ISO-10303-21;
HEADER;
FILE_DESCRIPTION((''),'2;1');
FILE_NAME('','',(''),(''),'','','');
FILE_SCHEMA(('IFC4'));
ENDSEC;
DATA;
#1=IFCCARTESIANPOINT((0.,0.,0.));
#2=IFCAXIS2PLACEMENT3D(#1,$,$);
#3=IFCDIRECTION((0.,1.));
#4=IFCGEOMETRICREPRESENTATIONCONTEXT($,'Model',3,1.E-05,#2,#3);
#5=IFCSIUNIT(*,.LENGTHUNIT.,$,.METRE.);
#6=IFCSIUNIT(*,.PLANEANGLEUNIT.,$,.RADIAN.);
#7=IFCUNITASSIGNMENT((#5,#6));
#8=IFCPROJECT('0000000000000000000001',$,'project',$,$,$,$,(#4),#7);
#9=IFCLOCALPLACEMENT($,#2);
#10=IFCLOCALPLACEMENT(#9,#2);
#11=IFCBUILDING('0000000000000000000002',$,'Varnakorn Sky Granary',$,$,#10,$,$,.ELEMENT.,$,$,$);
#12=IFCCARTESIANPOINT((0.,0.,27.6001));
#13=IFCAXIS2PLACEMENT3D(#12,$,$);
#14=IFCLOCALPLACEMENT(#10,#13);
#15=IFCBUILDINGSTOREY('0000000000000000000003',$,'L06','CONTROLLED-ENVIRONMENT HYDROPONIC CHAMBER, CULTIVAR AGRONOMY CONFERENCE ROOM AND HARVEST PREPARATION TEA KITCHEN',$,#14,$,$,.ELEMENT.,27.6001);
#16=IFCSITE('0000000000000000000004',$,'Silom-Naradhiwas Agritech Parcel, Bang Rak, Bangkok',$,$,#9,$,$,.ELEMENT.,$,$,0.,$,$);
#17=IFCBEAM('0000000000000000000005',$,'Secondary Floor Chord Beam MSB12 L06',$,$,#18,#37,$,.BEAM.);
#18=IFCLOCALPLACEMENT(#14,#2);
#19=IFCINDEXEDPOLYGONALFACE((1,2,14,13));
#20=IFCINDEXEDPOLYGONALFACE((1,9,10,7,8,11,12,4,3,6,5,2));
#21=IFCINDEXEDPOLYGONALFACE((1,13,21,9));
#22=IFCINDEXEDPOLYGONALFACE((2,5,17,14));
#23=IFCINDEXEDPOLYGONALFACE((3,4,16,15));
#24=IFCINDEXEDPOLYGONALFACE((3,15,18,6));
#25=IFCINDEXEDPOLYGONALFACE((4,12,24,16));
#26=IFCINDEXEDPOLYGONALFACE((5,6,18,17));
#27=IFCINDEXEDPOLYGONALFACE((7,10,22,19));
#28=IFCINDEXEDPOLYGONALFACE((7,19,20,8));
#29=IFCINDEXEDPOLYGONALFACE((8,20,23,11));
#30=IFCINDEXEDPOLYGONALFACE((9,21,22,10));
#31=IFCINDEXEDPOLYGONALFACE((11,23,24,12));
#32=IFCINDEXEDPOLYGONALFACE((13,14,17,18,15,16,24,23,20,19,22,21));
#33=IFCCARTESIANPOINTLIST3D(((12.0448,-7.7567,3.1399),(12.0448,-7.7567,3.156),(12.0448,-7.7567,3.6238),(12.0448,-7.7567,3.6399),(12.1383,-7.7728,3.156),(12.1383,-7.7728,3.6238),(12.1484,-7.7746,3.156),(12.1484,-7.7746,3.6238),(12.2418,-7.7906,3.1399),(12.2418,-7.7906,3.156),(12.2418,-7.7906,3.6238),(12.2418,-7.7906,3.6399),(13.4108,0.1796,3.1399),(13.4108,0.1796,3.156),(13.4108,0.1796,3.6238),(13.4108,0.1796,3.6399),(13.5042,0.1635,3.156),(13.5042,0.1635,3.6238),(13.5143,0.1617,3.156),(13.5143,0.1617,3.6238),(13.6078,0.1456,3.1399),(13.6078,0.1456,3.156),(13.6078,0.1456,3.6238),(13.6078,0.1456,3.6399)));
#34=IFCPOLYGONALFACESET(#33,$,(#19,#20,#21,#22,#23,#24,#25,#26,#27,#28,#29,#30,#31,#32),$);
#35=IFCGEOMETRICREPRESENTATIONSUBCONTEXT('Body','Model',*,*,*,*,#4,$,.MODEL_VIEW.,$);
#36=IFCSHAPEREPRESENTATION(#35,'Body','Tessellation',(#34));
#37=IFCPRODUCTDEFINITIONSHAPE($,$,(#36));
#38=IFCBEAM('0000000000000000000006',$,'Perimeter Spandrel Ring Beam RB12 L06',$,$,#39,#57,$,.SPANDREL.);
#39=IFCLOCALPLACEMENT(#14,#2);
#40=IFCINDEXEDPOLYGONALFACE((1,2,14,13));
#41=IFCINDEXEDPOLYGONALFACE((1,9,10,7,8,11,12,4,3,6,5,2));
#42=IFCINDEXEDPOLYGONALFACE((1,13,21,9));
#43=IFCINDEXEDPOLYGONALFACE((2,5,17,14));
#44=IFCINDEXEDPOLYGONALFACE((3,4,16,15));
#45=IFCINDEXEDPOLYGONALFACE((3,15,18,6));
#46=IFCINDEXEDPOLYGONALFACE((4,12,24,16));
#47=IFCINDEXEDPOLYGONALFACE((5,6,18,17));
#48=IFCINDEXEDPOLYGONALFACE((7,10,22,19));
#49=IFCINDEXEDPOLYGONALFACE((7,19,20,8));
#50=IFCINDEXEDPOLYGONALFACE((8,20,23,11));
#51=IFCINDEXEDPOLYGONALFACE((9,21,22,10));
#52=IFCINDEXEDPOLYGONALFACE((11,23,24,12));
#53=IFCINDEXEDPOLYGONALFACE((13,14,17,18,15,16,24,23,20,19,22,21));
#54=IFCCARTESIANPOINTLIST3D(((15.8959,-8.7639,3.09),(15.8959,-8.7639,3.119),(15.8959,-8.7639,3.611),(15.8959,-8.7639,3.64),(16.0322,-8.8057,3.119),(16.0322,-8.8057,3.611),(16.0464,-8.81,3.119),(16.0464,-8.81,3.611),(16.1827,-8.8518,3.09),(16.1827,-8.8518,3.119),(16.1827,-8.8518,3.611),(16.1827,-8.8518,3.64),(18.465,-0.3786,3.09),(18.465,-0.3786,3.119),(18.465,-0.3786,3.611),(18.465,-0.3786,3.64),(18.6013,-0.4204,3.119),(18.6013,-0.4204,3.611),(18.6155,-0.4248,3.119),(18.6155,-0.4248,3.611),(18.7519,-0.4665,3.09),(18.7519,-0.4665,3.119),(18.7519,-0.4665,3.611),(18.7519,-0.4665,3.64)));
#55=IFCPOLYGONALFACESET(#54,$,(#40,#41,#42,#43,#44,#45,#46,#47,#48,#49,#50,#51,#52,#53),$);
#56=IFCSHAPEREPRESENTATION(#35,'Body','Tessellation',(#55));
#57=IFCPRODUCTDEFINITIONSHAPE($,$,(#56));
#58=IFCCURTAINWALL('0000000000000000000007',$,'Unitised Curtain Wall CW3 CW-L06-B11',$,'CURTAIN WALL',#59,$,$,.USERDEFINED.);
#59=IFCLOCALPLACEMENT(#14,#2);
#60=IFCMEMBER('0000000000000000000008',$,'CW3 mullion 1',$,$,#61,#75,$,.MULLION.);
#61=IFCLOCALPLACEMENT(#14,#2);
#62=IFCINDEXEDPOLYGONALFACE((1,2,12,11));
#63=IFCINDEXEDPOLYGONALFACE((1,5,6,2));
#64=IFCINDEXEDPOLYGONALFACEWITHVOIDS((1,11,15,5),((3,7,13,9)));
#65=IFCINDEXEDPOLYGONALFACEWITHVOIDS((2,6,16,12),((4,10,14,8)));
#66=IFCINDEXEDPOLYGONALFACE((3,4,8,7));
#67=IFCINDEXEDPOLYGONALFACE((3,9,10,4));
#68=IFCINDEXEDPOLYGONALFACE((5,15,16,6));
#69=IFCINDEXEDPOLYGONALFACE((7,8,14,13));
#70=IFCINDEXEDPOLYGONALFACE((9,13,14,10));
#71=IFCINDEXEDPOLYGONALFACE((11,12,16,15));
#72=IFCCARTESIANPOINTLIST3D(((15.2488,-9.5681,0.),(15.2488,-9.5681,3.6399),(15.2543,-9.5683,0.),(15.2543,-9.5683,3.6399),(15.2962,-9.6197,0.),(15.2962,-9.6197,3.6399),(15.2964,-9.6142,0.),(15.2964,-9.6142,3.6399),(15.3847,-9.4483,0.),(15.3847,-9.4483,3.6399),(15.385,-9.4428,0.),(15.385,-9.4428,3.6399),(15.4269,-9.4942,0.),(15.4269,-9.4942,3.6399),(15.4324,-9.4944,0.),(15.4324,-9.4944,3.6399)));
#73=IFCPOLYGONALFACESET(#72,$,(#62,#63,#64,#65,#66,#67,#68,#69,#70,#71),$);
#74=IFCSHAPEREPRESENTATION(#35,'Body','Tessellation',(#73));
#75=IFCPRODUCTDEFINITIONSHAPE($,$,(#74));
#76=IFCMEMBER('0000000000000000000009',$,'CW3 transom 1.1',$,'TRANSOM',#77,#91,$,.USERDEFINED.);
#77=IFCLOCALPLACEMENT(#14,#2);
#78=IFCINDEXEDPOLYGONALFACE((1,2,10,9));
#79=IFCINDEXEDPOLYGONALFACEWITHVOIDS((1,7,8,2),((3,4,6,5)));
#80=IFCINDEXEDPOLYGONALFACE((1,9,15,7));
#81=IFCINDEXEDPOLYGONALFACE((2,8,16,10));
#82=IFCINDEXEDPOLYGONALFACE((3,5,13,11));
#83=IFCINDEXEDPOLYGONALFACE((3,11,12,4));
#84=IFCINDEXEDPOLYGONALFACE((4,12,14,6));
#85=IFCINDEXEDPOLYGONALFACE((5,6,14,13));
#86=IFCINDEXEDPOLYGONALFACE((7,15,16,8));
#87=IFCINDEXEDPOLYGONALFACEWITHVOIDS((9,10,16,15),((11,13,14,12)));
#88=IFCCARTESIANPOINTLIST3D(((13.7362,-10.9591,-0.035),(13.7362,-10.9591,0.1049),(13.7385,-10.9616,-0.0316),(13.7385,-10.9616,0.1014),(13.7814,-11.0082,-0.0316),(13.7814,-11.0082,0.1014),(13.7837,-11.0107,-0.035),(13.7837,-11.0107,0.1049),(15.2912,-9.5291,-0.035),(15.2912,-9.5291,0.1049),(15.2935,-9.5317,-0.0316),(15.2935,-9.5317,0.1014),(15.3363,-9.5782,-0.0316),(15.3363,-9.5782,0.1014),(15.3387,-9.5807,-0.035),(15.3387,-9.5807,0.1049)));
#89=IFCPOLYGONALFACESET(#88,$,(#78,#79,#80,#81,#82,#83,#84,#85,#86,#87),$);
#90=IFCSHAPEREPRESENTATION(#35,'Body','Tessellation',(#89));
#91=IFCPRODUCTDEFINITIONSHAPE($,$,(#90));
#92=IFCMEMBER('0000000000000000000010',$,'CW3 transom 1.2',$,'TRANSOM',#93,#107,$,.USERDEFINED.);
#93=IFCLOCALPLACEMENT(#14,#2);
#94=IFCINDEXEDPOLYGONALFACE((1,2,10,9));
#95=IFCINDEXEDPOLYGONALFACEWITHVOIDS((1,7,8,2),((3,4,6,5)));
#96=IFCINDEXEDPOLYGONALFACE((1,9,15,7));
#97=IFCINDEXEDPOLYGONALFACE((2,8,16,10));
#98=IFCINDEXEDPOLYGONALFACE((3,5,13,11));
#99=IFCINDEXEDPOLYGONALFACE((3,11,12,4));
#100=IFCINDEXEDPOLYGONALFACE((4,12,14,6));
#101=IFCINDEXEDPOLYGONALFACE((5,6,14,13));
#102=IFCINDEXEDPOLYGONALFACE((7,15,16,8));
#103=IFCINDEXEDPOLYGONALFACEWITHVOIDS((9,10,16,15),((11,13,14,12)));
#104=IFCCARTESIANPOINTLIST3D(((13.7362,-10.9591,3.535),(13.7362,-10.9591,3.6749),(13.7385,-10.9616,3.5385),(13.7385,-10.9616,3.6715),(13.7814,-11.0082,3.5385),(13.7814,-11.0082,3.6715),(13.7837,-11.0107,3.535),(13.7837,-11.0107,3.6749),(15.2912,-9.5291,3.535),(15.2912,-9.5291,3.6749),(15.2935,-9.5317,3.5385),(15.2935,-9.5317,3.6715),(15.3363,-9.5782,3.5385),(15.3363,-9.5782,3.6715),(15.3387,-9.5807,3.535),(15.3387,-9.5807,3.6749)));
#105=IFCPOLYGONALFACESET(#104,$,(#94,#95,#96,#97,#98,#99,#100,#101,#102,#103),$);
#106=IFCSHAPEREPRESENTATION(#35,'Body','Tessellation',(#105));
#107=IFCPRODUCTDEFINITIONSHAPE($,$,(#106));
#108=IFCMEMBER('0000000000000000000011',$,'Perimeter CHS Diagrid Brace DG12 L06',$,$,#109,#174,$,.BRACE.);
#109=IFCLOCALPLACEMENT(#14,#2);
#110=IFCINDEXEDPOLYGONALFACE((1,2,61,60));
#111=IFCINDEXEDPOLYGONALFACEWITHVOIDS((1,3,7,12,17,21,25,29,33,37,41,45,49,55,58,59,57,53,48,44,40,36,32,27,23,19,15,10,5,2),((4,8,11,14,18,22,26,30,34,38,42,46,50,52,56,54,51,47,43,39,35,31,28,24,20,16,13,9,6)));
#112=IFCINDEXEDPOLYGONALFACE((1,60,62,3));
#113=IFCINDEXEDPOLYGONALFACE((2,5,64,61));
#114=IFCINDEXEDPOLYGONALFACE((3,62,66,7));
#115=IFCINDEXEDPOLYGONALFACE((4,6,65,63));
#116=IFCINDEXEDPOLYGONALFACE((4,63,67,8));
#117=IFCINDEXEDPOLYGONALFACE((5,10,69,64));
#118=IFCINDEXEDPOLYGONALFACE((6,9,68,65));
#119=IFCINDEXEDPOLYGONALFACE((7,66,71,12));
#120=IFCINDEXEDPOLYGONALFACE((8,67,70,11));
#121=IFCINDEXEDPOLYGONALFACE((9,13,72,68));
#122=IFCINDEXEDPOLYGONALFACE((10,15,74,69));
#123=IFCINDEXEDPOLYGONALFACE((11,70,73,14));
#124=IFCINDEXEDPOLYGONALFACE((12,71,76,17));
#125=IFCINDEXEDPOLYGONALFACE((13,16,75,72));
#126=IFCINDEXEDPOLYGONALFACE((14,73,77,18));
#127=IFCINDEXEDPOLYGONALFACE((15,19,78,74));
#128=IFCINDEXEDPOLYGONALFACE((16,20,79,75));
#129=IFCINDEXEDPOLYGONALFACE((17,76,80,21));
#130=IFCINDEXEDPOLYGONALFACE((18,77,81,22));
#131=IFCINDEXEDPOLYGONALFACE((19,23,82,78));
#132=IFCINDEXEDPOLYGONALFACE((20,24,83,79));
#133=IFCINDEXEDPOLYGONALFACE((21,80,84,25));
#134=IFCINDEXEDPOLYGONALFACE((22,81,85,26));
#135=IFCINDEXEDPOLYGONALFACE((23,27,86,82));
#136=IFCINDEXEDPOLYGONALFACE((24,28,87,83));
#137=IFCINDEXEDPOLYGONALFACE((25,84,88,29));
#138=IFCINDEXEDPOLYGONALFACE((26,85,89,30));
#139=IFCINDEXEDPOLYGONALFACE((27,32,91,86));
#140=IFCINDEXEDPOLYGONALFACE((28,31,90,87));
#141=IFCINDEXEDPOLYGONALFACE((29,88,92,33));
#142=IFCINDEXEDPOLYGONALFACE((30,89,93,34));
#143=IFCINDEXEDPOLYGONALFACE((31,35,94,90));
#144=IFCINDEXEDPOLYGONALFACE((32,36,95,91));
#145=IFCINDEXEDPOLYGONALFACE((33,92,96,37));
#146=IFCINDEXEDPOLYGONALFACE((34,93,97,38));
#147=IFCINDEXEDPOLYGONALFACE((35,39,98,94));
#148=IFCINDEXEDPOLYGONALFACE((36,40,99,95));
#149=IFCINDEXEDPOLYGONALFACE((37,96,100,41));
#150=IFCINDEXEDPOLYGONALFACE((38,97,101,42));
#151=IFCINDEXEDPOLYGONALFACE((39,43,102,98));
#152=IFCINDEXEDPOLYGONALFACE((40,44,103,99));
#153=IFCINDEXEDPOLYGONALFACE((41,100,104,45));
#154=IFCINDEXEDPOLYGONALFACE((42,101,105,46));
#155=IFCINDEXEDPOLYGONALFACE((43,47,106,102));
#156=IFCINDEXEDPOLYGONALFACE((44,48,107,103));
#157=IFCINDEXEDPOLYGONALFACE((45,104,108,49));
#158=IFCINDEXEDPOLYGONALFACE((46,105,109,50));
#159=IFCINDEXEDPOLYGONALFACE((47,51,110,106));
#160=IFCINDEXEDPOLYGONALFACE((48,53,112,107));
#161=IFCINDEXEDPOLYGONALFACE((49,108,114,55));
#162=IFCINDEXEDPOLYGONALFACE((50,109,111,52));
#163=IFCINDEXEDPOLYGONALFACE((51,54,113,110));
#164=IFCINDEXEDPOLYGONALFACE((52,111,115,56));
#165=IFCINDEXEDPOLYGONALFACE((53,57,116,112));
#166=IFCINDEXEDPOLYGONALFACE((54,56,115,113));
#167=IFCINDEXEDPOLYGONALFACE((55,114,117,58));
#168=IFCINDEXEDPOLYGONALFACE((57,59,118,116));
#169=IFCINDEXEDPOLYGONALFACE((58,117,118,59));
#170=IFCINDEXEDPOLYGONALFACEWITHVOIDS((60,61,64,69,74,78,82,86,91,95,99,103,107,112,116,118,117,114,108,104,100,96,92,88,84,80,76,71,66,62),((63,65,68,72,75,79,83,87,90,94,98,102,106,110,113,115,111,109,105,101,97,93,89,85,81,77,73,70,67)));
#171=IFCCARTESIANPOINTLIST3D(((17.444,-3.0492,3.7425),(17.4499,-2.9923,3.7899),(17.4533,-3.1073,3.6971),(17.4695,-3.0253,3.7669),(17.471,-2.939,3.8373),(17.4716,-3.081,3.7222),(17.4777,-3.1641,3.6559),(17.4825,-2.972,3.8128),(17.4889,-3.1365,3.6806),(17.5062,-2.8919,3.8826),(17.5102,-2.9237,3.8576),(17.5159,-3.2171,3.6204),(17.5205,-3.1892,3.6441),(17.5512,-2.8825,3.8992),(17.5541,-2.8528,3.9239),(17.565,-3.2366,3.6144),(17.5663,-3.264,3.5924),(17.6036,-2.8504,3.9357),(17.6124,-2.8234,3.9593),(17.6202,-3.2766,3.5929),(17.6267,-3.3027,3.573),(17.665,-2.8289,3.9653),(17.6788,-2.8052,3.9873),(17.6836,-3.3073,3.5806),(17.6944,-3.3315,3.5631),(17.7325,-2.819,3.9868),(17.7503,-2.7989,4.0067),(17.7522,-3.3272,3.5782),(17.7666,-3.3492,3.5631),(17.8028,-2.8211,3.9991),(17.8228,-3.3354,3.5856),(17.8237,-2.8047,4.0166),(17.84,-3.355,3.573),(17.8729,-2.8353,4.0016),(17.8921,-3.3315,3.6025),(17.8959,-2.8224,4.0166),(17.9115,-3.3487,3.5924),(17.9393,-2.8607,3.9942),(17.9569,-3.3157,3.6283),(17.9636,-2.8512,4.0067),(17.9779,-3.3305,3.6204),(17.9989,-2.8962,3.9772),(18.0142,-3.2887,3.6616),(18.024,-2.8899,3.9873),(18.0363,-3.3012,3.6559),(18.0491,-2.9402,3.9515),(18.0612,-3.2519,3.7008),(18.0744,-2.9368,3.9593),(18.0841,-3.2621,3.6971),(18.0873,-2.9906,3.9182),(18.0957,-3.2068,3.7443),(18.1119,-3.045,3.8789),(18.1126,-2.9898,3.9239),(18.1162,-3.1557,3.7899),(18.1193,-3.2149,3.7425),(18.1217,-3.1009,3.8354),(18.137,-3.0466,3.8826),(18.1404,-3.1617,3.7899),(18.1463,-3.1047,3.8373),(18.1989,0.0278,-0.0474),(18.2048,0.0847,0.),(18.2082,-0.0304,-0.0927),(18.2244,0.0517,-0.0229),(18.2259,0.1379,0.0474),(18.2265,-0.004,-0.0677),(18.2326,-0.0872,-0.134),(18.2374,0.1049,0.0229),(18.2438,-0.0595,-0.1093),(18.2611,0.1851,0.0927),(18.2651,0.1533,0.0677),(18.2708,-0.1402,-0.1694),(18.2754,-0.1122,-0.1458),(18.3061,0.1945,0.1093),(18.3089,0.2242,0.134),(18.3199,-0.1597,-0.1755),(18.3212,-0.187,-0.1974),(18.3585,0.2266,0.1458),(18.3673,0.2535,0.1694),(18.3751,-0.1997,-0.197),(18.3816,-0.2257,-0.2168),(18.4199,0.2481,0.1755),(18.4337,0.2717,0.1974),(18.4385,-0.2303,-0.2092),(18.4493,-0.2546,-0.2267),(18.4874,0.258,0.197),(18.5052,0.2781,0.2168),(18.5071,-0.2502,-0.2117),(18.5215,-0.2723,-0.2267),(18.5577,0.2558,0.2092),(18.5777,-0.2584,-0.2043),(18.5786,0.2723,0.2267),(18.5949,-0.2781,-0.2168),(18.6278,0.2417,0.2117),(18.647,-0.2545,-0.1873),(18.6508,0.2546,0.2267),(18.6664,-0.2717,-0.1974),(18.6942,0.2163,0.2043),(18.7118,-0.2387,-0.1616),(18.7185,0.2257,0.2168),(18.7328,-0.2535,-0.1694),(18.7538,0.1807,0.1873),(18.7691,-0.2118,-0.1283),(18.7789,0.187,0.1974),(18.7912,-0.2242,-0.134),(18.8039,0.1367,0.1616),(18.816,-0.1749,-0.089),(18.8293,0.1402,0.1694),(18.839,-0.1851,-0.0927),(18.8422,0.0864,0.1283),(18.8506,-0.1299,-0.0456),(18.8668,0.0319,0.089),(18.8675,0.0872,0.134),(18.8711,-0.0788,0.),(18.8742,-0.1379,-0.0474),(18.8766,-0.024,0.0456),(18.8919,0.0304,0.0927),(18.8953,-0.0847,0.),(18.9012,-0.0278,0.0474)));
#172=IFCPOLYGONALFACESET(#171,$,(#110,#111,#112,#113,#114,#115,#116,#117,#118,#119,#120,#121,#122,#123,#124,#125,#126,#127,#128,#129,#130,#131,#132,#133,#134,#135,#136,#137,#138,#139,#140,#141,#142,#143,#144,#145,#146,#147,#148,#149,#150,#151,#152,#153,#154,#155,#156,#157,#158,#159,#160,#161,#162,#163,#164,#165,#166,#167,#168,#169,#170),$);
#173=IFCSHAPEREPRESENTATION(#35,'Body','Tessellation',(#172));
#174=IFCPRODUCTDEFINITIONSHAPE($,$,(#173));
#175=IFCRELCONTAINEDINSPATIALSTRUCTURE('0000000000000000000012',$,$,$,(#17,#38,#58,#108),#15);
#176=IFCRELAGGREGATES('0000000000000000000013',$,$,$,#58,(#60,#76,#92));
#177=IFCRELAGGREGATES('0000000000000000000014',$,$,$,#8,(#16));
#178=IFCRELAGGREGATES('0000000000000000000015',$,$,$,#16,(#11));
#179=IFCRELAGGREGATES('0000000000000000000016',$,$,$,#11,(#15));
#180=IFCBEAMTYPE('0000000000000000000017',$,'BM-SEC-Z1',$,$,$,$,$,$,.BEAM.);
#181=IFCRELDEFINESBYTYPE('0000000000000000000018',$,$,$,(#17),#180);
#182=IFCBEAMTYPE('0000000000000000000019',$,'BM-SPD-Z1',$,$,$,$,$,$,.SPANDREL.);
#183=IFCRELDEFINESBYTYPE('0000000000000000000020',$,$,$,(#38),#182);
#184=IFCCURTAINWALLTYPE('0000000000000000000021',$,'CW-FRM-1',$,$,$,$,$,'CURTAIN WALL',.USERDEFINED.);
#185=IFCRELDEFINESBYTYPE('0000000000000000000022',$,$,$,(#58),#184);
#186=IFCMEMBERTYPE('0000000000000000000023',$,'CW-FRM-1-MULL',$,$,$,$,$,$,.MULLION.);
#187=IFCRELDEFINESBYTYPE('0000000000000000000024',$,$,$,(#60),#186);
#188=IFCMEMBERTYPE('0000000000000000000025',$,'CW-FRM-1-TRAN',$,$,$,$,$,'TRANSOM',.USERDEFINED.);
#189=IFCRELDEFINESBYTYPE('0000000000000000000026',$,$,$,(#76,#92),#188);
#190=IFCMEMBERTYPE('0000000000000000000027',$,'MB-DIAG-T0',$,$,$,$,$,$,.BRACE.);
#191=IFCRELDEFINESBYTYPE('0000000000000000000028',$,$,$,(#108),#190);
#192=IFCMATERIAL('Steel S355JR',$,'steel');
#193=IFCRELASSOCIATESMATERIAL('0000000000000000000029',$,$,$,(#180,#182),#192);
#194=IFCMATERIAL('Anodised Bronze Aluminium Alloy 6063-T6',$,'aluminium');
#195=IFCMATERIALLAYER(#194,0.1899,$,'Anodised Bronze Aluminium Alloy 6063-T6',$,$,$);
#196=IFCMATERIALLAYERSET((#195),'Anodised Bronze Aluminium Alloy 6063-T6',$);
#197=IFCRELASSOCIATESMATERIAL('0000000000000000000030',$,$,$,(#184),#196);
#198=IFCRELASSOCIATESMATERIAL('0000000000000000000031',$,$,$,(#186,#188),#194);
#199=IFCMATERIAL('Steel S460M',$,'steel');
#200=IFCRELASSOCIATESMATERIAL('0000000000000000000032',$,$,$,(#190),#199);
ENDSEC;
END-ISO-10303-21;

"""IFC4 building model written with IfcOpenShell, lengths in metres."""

from ifc_helpers import new_model, si_unit, direction, frame, origin, origin_2d, place, context, subcontext, project, spatial, hollow_rectangle, hollow_circle, i_section, extrude, material, layer, layer_set, material_profile, profile_set, type_object, element, aggregate, save


model = new_model("IFC4")

# Units and contexts
model_context = context("Model", 3, precision=1e-05, world=origin(), true_north=direction((0.0, 1.0)))
body_context = subcontext(model_context, "Body", "Model", "MODEL_VIEW")
ifc_project = project(units=[si_unit("LENGTHUNIT", "METRE"), si_unit("PLANEANGLEUNIT", "RADIAN")], contexts=[model_context])

# Site, building, storey
site_placement = place(None, origin())
site = spatial("IfcSite", under=ifc_project, at=site_placement, Name="Silom-Naradhiwas Agritech Parcel, Bang Rak, Bangkok", CompositionType="ELEMENT", RefElevation=0.0)
building_placement = place(site_placement, origin())
building = spatial("IfcBuilding", under=site, at=building_placement, Name="Varnakorn Sky Granary", CompositionType="ELEMENT")
storey_placement = place(building_placement, frame((0.0, 0.0, 27.6001)))
storey = spatial("IfcBuildingStorey", under=building, at=storey_placement, Name="L06", Description="CONTROLLED-ENVIRONMENT HYDROPONIC CHAMBER, CULTIVAR AGRONOMY CONFERENCE ROOM AND HARVEST PREPARATION TEA KITCHEN", CompositionType="ELEMENT", Elevation=27.6001)

# Shared definitions
ifc_material_1 = material(Name="Steel S460M", Category="steel")

# Beams
ifc_material_2 = material(Name="Steel S355JR", Category="steel")
ifc_material_profile_1 = material_profile(ifc_material_2, i_section(OverallWidth=0.2, OverallDepth=0.5, WebThickness=0.0103, FlangeThickness=0.0161, at=origin_2d()), Name="IPE 500")
ifc_profile_set_1 = profile_set([ifc_material_profile_1], Name="Steel S355JR")
beam_type_1 = type_object("IfcBeamType", Name="BM-SEC-Z1", PredefinedType="BEAM", material=ifc_profile_set_1)
beam_1_placement = place(storey_placement, frame((12.1433, -7.7737, 3.3899), z_axis=(0.169623, 0.985509, 0.0), x_axis=(-0.985509, 0.169623, 0.0)))
element("IfcBeam", 1, at=beam_1_placement, inside=storey, type_object=beam_type_1, Name="Secondary Floor Chord Beam MSB12 L06", PredefinedType="BEAM", context=body_context, shape_type="SweptSolid", body=[
    extrude(i_section(OverallWidth=0.2, OverallDepth=0.5, WebThickness=0.0103, FlangeThickness=0.0161, at=origin_2d()), origin(), (0.0, 0.0, 1.0), 8.053),
])
ifc_material_profile_2 = material_profile(ifc_material_2, i_section(OverallWidth=0.3, OverallDepth=0.55, WebThickness=0.0149, FlangeThickness=0.0291, at=origin_2d()), Name="HE 550 B")
ifc_profile_set_2 = profile_set([ifc_material_profile_2], Name="Steel S355JR")
beam_type_2 = type_object("IfcBeamType", Name="BM-SPD-Z1", PredefinedType="SPANDREL", material=ifc_profile_set_2)
beam_2_placement = place(storey_placement, frame((16.0393, -8.8079, 3.365), z_axis=(0.292941, 0.95613, 0.0), x_axis=(-0.95613, 0.292941, 0.0)))
element("IfcBeam", 2, at=beam_2_placement, inside=storey, type_object=beam_type_2, Name="Perimeter Spandrel Ring Beam RB12 L06", PredefinedType="SPANDREL", context=body_context, shape_type="SweptSolid", body=[
    extrude(i_section(OverallWidth=0.3, OverallDepth=0.55, WebThickness=0.0149, FlangeThickness=0.0291, at=origin_2d()), origin(), (0.0, 0.0, 1.0), 8.77),
])

# Curtain wall, members
ifc_material_3 = material(Name="Anodised Bronze Aluminium Alloy 6063-T6", Category="aluminium")
ifc_layer_1 = layer(ifc_material_3, 0.1899, Name="Anodised Bronze Aluminium Alloy 6063-T6")
ifc_layer_set_1 = layer_set([ifc_layer_1], Name="Anodised Bronze Aluminium Alloy 6063-T6")
curtain_wall_type = type_object("IfcCurtainWallType", Name="CW-FRM-1", ElementType="CURTAIN WALL", PredefinedType="USERDEFINED", material=ifc_layer_set_1)
curtain_wall_placement = place(storey_placement, origin())
curtain_wall = element("IfcCurtainWall", 3, at=curtain_wall_placement, inside=storey, type_object=curtain_wall_type, Name="Unitised Curtain Wall CW3 CW-L06-B11", ObjectType="CURTAIN WALL", PredefinedType="USERDEFINED")
ifc_material_profile_3 = material_profile(ifc_material_3, hollow_rectangle(XDim=0.0701, YDim=0.1851, WallThickness=0.0039, at=origin_2d()), Name="ALU MULL 70x185")
ifc_profile_set_3 = profile_set([ifc_material_profile_3], Name="Anodised Bronze Aluminium Alloy 6063-T6")
member_type_1 = type_object("IfcMemberType", Name="CW-FRM-1-MULL", PredefinedType="MULLION", material=ifc_profile_set_3)
member_1_placement = place(storey_placement, frame((15.3406, -9.5312, 0.0), z_axis=(0.0, 0.0, 1.0), x_axis=(0.676914, -0.736062, 0.0)))
member_1 = element("IfcMember", 4, at=member_1_placement, type_object=member_type_1, Name="CW3 mullion 1", PredefinedType="MULLION", context=body_context, shape_type="SweptSolid", body=[
    extrude(hollow_rectangle(XDim=0.0701, YDim=0.1851, WallThickness=0.0039, at=origin_2d()), origin(), (0.0, 0.0, 1.0), 3.6399),
])
ifc_material_profile_4 = material_profile(ifc_material_3, hollow_rectangle(XDim=0.0701, YDim=0.1399, WallThickness=0.0034, at=origin_2d()), Name="ALU TRAN 70x140")
ifc_profile_set_4 = profile_set([ifc_material_profile_4], Name="Anodised Bronze Aluminium Alloy 6063-T6")
member_type_2 = type_object("IfcMemberType", Name="CW-FRM-1-TRAN", ElementType="TRANSOM", PredefinedType="USERDEFINED", material=ifc_profile_set_4)
member_2_placement = place(storey_placement, frame((15.3149, -9.5549, 0.0349), z_axis=(-0.736074, -0.676901, 0.0), x_axis=(0.676901, -0.736074, 0.0)))
member_2 = element("IfcMember", 5, at=member_2_placement, type_object=member_type_2, Name="CW3 transom 1.1", ObjectType="TRANSOM", PredefinedType="USERDEFINED", context=body_context, shape_type="SweptSolid", body=[
    extrude(hollow_rectangle(XDim=0.0701, YDim=0.1399, WallThickness=0.0034, at=origin_2d()), origin(), (0.0, 0.0, 1.0), 2.1125),
])
member_3_placement = place(storey_placement, frame((15.3149, -9.5549, 3.605), z_axis=(-0.736074, -0.676901, 0.0), x_axis=(0.676901, -0.736074, 0.0)))
member_3 = element("IfcMember", 6, at=member_3_placement, type_object=member_type_2, Name="CW3 transom 1.2", ObjectType="TRANSOM", PredefinedType="USERDEFINED", context=body_context, shape_type="SweptSolid", body=[
    extrude(hollow_rectangle(XDim=0.0701, YDim=0.1399, WallThickness=0.0034, at=origin_2d()), origin(), (0.0, 0.0, 1.0), 2.1125),
])

# Member
ifc_material_profile_5 = material_profile(ifc_material_1, hollow_circle(Radius=0.3555, WallThickness=0.0249, at=origin_2d()), Name="CHS 711x25")
ifc_profile_set_5 = profile_set([ifc_material_profile_5], Name="Steel S460M")
member_type_3 = type_object("IfcMemberType", Name="MB-DIAG-T0", PredefinedType="BRACE", material=ifc_profile_set_5)
member_4_placement = place(storey_placement, frame((18.55, 0.0, 0.0), z_axis=(-0.152822, -0.622904, 0.767226), x_axis=(0.971198, -0.238272, 0.0)))
element("IfcMember", 7, at=member_4_placement, inside=storey, type_object=member_type_3, Name="Perimeter CHS Diagrid Brace DG12 L06", PredefinedType="BRACE", context=body_context, shape_type="SweptSolid", body=[
    extrude(hollow_circle(Radius=0.3555, WallThickness=0.0249, at=origin_2d()), origin(), (0.0, 0.0, 1.0), 4.9397),
])

aggregate(curtain_wall, [member_1, member_2, member_3])

save(model, "model.ifc")
